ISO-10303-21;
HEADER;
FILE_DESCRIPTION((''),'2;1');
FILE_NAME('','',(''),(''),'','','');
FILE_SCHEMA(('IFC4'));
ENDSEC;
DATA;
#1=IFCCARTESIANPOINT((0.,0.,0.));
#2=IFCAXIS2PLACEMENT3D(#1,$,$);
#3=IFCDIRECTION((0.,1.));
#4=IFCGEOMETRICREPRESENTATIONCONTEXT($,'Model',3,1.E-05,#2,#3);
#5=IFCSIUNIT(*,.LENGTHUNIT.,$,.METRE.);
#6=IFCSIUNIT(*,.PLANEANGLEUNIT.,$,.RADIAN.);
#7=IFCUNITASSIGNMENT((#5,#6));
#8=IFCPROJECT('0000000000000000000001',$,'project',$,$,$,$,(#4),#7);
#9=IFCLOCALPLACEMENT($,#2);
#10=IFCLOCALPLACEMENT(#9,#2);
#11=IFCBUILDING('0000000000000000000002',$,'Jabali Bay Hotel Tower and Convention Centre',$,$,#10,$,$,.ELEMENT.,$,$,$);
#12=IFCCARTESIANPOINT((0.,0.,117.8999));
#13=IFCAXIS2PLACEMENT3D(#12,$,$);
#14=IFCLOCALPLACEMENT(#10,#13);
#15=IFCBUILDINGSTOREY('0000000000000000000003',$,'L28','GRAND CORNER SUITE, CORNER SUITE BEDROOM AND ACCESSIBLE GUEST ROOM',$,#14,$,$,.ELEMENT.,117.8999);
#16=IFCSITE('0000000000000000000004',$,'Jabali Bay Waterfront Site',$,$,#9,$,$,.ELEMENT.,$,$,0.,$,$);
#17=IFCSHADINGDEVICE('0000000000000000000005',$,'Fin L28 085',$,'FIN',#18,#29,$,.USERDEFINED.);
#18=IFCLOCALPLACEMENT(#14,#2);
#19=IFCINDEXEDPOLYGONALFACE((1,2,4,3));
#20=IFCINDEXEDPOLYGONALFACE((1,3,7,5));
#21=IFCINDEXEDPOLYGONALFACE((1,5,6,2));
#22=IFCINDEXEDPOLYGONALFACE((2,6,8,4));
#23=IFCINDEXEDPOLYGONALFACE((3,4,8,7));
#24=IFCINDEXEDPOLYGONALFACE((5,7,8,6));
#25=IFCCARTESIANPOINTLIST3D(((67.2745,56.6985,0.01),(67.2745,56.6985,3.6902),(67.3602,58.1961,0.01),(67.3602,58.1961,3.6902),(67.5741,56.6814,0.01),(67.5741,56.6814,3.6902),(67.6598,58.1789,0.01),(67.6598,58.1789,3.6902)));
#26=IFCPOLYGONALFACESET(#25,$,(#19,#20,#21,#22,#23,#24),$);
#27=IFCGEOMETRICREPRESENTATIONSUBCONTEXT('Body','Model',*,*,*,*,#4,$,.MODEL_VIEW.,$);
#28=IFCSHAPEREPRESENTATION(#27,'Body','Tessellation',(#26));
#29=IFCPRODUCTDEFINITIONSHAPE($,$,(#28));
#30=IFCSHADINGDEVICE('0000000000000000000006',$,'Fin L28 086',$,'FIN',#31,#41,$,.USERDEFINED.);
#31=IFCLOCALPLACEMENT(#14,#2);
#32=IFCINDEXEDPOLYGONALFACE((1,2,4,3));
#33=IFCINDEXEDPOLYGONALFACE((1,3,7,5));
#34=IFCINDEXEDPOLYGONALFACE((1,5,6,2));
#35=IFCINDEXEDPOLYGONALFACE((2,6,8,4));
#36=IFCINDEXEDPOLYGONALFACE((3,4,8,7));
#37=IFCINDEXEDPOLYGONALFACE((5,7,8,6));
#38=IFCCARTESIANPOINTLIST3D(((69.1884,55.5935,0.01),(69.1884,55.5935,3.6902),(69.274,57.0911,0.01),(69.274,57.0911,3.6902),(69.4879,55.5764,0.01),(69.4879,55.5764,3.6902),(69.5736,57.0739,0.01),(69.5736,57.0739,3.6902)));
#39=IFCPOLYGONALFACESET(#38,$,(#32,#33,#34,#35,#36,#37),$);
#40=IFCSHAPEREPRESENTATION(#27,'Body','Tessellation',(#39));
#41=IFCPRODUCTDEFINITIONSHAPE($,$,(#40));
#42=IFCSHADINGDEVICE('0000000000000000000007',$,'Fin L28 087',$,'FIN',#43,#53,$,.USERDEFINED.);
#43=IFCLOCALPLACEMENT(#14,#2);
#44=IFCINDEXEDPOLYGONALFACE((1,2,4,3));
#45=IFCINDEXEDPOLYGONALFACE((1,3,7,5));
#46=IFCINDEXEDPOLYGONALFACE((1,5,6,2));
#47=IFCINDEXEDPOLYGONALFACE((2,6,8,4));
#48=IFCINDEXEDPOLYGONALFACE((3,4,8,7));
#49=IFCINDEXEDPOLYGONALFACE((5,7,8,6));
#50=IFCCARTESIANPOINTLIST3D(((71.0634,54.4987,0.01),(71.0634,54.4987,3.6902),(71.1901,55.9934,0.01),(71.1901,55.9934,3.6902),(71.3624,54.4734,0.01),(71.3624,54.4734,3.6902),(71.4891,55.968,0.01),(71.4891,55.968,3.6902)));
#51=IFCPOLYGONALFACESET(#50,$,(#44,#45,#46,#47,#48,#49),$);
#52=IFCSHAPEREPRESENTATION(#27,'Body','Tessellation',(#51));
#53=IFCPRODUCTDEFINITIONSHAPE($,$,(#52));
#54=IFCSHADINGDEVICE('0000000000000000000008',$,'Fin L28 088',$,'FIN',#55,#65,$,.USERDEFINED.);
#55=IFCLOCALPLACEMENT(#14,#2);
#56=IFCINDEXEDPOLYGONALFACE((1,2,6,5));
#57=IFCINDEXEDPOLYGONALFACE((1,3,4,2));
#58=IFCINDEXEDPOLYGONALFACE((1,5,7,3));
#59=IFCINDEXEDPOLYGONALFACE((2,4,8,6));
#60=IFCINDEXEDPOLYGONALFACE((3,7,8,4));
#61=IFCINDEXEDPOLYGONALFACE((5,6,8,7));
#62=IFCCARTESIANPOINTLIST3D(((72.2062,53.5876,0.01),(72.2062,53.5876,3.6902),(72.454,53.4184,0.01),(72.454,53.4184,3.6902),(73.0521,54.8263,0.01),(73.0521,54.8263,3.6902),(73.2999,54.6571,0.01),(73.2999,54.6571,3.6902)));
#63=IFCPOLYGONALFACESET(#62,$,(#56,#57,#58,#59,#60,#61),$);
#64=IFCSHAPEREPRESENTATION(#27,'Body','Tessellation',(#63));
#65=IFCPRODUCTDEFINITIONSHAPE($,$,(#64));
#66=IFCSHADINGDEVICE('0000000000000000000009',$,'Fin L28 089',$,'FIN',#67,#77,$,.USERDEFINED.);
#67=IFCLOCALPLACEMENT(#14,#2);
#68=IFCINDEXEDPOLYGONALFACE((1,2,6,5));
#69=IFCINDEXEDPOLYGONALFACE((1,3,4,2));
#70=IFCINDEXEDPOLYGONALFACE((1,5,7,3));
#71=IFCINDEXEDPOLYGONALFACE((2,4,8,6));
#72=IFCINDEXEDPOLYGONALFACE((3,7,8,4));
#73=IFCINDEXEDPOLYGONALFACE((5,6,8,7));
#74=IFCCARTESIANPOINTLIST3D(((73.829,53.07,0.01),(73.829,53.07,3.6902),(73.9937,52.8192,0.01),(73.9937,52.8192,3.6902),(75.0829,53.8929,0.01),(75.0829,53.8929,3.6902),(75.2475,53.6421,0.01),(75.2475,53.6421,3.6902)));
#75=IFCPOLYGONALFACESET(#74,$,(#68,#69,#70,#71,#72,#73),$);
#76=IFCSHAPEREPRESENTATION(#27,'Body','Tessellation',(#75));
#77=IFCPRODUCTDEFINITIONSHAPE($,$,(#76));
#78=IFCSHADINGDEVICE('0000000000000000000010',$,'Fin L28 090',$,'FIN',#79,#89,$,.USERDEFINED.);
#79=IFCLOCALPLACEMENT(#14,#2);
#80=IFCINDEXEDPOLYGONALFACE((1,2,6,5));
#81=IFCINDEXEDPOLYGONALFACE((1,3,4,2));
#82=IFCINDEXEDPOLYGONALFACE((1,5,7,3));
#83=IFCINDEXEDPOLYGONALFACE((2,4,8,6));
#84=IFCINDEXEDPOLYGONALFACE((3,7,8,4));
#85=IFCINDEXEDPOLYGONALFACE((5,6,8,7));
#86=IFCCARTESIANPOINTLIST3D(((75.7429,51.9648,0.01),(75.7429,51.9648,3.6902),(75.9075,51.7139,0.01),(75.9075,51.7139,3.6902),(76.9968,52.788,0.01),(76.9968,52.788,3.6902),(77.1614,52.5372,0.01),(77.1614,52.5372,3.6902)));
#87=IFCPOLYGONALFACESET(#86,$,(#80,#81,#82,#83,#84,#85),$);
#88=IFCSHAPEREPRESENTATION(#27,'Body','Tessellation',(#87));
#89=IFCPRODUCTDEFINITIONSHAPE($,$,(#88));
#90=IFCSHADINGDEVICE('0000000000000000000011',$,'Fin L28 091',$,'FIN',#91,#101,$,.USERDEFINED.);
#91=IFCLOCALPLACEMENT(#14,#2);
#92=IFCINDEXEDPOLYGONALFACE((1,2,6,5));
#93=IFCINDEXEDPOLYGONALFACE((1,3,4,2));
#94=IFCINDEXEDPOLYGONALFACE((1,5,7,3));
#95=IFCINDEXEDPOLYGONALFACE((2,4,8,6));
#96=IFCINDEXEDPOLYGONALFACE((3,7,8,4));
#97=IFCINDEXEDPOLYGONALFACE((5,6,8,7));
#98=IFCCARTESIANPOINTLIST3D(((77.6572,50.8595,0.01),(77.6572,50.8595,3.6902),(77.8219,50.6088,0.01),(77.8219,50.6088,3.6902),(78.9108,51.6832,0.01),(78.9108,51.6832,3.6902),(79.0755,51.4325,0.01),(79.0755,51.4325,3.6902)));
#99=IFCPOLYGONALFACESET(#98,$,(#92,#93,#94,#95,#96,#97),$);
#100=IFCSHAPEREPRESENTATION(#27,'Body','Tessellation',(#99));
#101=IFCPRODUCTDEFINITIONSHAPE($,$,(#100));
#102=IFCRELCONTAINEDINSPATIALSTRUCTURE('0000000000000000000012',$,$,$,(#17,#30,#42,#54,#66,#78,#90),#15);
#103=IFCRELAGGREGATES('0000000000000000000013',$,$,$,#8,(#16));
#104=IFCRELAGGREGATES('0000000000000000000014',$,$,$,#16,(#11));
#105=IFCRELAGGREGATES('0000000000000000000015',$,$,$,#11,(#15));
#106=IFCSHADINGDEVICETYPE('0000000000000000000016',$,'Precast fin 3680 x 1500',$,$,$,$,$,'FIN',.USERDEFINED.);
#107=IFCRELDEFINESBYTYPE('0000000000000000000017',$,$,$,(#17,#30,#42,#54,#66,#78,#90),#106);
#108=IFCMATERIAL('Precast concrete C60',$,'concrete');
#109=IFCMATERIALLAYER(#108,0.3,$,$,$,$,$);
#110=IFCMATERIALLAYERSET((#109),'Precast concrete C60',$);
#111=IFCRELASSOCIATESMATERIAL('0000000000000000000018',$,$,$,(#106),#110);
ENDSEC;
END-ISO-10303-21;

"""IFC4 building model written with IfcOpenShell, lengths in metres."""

from ifc_helpers import new_model, si_unit, direction, frame, frame_2d, origin, place, context, subcontext, project, spatial, rectangle, extrude, material, layer, layer_set, type_object, element, save


model = new_model("IFC4")

# Units and contexts
model_context = context("Model", 3, precision=1e-05, world=origin(), true_north=direction((0.0, 1.0)))
body_context = subcontext(model_context, "Body", "Model", "MODEL_VIEW")
ifc_project = project(units=[si_unit("LENGTHUNIT", "METRE"), si_unit("PLANEANGLEUNIT", "RADIAN")], contexts=[model_context])

# Site, building, storey
site_placement = place(None, origin())
site = spatial("IfcSite", under=ifc_project, at=site_placement, Name="Jabali Bay Waterfront Site", CompositionType="ELEMENT", RefElevation=0.0)
building_placement = place(site_placement, origin())
building = spatial("IfcBuilding", under=site, at=building_placement, Name="Jabali Bay Hotel Tower and Convention Centre", CompositionType="ELEMENT")
storey_placement = place(building_placement, frame((0.0, 0.0, 117.8999)))
storey = spatial("IfcBuildingStorey", under=building, at=storey_placement, Name="L28", Description="GRAND CORNER SUITE, CORNER SUITE BEDROOM AND ACCESSIBLE GUEST ROOM", CompositionType="ELEMENT", Elevation=117.8999)

# Shading devices
ifc_material_1 = material(Name="Precast concrete C60", Category="concrete")
ifc_layer_1 = layer(ifc_material_1, 0.3)
ifc_layer_set_1 = layer_set([ifc_layer_1], Name="Precast concrete C60")
shading_device_type = type_object("IfcShadingDeviceType", Name="Precast fin 3680 x 1500", ElementType="FIN", PredefinedType="USERDEFINED", material=ifc_layer_set_1)
for number, where, z_axis, x_axis, name in (
    (1, (67.51, 58.1875, 0.01), (0.0, 0.0, 1.0), (-0.057129, -0.998367, 0.0), "Fin L28 085"),
    (2, (69.4238, 57.0825, 0.01), (0.0, 0.0, 1.0), (-0.057129, -0.998367, 0.0), "Fin L28 086"),
    (3, (71.3396, 55.9807, 0.01), (0.0, 0.0, 1.0), (-0.084473, -0.996426, 0.0), "Fin L28 087"),
    (4, (73.176, 54.7417, 0.01), (0.0, 0.0, 1.0), (-0.563943, -0.825814, 0.0), "Fin L28 088"),
):
    element("IfcShadingDevice", number, at=place(storey_placement, frame(where, z_axis=z_axis, x_axis=x_axis)), inside=storey, type_object=shading_device_type, Name=name, ObjectType="FIN", PredefinedType="USERDEFINED", context=body_context, shape_type="SweptSolid", body=[
        extrude(rectangle(XDim=1.5, YDim=0.3, at=frame_2d((0.75, 0.0))), origin(), (0.0, 0.0, 1.0), 3.6802),
    ])
shading_device_1_placement = place(storey_placement, frame((75.1653, 53.7676, 0.01), z_axis=(0.0, 0.0, 1.0), x_axis=(-0.836011, -0.548713, 0.0)))
element("IfcShadingDevice", 5, at=shading_device_1_placement, inside=storey, type_object=shading_device_type, Name="Fin L28 089", ObjectType="FIN", PredefinedType="USERDEFINED", context=body_context, shape_type="SweptSolid", body=[
    extrude(rectangle(XDim=1.4998, YDim=0.3, at=frame_2d((0.75, 0.0))), origin(), (0.0, 0.0, 1.0), 3.6802),
])
for number, where, z_axis, x_axis, name in (
    (6, (77.0791, 52.6626, 0.01), (0.0, 0.0, 1.0), (-0.835936, -0.548827, 0.0), "Fin L28 090"),
    (7, (78.9932, 51.5579, 0.01), (0.0, 0.0, 1.0), (-0.835737, -0.549129, 0.0), "Fin L28 091"),
):
    element("IfcShadingDevice", number, at=place(storey_placement, frame(where, z_axis=z_axis, x_axis=x_axis)), inside=storey, type_object=shading_device_type, Name=name, ObjectType="FIN", PredefinedType="USERDEFINED", context=body_context, shape_type="SweptSolid", body=[
        extrude(rectangle(XDim=1.5, YDim=0.3, at=frame_2d((0.75, 0.0))), origin(), (0.0, 0.0, 1.0), 3.6802),
    ])

save(model, "model.ifc")
